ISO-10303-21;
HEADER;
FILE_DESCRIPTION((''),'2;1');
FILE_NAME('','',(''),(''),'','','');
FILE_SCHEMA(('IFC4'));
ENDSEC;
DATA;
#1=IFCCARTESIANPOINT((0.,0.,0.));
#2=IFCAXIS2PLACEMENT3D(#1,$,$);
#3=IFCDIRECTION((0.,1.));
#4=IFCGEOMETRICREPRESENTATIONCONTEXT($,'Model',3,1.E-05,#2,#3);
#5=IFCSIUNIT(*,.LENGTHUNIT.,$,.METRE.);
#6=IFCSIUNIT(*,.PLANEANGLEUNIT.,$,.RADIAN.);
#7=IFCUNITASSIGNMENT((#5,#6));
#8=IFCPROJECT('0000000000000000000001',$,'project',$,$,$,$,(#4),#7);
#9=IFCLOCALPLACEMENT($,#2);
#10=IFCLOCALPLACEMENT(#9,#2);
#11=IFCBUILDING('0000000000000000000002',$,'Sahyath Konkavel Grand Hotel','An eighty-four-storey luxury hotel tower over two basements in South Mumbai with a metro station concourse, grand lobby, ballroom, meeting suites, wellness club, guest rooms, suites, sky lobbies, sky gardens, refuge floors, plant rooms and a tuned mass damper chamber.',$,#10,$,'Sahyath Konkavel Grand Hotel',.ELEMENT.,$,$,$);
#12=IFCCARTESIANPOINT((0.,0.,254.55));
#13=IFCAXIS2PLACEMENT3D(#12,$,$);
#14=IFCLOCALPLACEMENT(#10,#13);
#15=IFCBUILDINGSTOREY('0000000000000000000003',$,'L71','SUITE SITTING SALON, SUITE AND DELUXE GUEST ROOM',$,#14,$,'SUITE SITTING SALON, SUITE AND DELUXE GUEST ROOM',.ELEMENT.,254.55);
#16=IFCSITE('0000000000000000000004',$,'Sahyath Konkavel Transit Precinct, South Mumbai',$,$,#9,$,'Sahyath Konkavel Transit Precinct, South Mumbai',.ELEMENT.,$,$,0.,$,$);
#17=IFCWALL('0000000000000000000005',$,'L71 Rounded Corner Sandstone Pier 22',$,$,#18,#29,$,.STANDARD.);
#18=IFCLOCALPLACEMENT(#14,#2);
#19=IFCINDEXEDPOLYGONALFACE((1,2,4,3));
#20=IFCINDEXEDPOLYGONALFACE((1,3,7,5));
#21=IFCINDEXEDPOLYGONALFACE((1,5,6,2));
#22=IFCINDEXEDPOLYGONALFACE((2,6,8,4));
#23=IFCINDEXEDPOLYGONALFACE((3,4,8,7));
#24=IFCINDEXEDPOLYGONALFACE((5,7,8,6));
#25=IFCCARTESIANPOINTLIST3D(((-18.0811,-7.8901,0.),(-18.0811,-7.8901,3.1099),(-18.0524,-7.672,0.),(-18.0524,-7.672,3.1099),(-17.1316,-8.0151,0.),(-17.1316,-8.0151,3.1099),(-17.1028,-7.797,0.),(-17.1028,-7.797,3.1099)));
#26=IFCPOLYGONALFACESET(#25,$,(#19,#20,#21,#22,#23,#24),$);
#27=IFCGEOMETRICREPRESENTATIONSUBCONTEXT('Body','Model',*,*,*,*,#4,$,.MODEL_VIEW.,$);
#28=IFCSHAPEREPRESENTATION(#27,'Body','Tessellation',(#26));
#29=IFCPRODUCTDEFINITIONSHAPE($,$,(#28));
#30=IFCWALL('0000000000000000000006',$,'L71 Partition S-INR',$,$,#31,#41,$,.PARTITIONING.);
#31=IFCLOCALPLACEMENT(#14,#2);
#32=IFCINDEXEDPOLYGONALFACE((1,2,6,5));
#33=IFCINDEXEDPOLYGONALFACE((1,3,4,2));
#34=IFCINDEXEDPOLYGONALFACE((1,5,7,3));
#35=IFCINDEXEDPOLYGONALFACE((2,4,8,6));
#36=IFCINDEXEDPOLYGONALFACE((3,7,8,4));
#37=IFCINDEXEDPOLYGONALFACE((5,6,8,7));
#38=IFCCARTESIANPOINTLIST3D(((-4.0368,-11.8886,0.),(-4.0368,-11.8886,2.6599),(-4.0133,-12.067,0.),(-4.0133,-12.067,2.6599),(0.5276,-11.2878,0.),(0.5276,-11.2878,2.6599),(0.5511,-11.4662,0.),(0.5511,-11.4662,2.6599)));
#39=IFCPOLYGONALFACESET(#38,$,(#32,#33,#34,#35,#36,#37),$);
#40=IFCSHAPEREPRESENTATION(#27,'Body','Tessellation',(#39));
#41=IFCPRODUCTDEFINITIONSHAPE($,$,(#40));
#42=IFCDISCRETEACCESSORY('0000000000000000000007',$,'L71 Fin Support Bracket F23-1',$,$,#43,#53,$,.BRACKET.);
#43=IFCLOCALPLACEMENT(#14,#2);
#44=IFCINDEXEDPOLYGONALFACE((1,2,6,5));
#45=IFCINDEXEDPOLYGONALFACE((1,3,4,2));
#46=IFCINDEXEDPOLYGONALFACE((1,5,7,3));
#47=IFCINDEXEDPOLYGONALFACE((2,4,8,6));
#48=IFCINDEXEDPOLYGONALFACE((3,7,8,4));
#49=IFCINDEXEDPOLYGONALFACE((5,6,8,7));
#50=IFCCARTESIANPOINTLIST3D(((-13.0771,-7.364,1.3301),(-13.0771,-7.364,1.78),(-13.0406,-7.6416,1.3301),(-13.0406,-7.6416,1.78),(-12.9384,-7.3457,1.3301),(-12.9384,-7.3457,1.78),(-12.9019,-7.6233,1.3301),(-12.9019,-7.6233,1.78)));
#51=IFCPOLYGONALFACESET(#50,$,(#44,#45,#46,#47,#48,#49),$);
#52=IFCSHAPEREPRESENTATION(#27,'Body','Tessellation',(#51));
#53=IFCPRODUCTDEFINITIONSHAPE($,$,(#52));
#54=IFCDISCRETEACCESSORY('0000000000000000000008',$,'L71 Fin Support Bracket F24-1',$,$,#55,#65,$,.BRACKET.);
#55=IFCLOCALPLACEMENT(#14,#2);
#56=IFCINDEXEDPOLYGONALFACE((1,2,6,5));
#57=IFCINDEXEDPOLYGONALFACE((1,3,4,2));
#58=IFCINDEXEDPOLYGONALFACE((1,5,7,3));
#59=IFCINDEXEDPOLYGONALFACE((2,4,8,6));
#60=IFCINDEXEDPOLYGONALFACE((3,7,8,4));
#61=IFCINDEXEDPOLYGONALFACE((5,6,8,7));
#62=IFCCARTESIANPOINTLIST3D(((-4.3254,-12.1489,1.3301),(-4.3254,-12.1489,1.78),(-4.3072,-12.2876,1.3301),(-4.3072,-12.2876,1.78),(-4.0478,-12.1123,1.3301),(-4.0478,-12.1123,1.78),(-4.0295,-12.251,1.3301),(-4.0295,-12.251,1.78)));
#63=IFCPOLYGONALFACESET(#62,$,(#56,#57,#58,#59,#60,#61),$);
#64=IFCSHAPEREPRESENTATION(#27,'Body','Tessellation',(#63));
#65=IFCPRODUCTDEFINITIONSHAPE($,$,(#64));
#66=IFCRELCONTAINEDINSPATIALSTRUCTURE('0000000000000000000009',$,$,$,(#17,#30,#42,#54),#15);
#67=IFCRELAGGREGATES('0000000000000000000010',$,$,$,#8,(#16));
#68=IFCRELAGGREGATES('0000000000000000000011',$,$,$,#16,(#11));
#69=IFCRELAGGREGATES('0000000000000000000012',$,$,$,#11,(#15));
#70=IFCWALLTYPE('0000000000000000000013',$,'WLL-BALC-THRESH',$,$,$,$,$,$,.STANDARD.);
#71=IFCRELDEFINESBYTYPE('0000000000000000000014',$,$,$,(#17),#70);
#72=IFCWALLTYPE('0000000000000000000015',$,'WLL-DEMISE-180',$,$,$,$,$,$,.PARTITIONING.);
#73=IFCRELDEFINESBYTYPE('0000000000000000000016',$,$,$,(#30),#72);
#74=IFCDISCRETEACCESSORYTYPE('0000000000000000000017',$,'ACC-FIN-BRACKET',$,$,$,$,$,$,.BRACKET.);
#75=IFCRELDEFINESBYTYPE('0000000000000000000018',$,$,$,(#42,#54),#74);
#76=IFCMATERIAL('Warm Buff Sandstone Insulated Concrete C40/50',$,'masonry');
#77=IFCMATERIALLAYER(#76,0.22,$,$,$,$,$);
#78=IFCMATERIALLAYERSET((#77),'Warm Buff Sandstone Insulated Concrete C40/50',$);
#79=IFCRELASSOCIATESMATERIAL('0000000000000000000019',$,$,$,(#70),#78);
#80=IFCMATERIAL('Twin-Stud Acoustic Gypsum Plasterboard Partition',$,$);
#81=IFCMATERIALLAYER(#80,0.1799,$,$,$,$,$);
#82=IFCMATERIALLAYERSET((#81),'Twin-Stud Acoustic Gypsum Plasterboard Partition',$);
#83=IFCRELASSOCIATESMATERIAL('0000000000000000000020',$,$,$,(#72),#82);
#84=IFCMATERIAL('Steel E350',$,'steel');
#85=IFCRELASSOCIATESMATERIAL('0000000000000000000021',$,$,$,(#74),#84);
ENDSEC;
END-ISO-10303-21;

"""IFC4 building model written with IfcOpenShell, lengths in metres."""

from ifc_helpers import new_model, si_unit, direction, frame, frame_2d, origin, origin_2d, place, context, subcontext, project, spatial, rectangle, extrude, source, transform, mapped, material, layer, layer_set, type_object, element, save


model = new_model("IFC4")

# Units and contexts
model_context = context("Model", 3, precision=1e-05, world=origin(), true_north=direction((0.0, 1.0)))
body_context = subcontext(model_context, "Body", "Model", "MODEL_VIEW")
ifc_project = project(units=[si_unit("LENGTHUNIT", "METRE"), si_unit("PLANEANGLEUNIT", "RADIAN")], contexts=[model_context])

# Site, building, storey
site_placement = place(None, origin())
site = spatial("IfcSite", under=ifc_project, at=site_placement, Name="Sahyath Konkavel Transit Precinct, South Mumbai", LongName="Sahyath Konkavel Transit Precinct, South Mumbai", CompositionType="ELEMENT", RefElevation=0.0)
building_placement = place(site_placement, origin())
building = spatial("IfcBuilding", under=site, at=building_placement, Name="Sahyath Konkavel Grand Hotel", Description="An eighty-four-storey luxury hotel tower over two basements in South Mumbai with a metro station concourse, grand lobby, ballroom, meeting suites, wellness club, guest rooms, suites, sky lobbies, sky gardens, refuge floors, plant rooms and a tuned mass damper chamber.", LongName="Sahyath Konkavel Grand Hotel", CompositionType="ELEMENT")
storey_placement = place(building_placement, frame((0.0, 0.0, 254.55)))
storey = spatial("IfcBuildingStorey", under=building, at=storey_placement, Name="L71", Description="SUITE SITTING SALON, SUITE AND DELUXE GUEST ROOM", LongName="SUITE SITTING SALON, SUITE AND DELUXE GUEST ROOM", CompositionType="ELEMENT", Elevation=254.55)

# Shared definitions
ifc_material_1 = material(Name="Steel E350", Category="steel")

# Walls
ifc_material_2 = material(Name="Warm Buff Sandstone Insulated Concrete C40/50", Category="masonry")
ifc_layer_1 = layer(ifc_material_2, 0.22)
ifc_layer_set_1 = layer_set([ifc_layer_1], Name="Warm Buff Sandstone Insulated Concrete C40/50")
wall_type_1 = type_object("IfcWallType", Name="WLL-BALC-THRESH", PredefinedType="STANDARD", material=ifc_layer_set_1)
for number, where, z_axis, x_axis, name in (
    (1, (-18.0669, -7.781, 0.0), (0.0, 0.0, 1.0), (0.991445, -0.130527, 0.0), "L71 Rounded Corner Sandstone Pier 22"),
):
    element("IfcWall", number, at=place(storey_placement, frame(where, z_axis=z_axis, x_axis=x_axis)), inside=storey, type_object=wall_type_1, Name=name, PredefinedType="STANDARD", context=body_context, shape_type="SweptSolid", body=[
        extrude(rectangle(XDim=0.9578, YDim=0.22, at=frame_2d((0.479, 0.0))), origin(), (0.0, 0.0, 1.0), 3.1099),
    ])
ifc_material_3 = material(Name="Twin-Stud Acoustic Gypsum Plasterboard Partition")
ifc_layer_2 = layer(ifc_material_3, 0.1799)
ifc_layer_set_2 = layer_set([ifc_layer_2], Name="Twin-Stud Acoustic Gypsum Plasterboard Partition")
wall_type_2 = type_object("IfcWallType", Name="WLL-DEMISE-180", PredefinedType="PARTITIONING", material=ifc_layer_set_2)
wall_placement = place(storey_placement, frame((-4.0249, -11.9778, 0.0), z_axis=(0.0, 0.0, 1.0), x_axis=(0.991447, 0.130507, 0.0)))
element("IfcWall", 2, at=wall_placement, inside=storey, type_object=wall_type_2, Name="L71 Partition S-INR", PredefinedType="PARTITIONING", context=body_context, shape_type="SweptSolid", body=[
    extrude(rectangle(XDim=4.6038, YDim=0.1799, at=frame_2d((2.3018, 0.0))), origin(), (0.0, 0.0, 1.0), 2.6599),
])

# Discrete accessories
discrete_accessory_type = type_object("IfcDiscreteAccessoryType", Name="ACC-FIN-BRACKET", PredefinedType="BRACKET", material=ifc_material_1)
shared_shape_1 = source(origin(), body_context, "Body", "SweptSolid", [
    extrude(rectangle(XDim=0.28, YDim=0.1399, at=origin_2d()), origin(), (0.0, 0.0, 1.0), 0.45),
])
for number, where, z_axis, x_axis, name in (
    (3, (-12.9895, -7.4937, 1.3301), (0.0, 0.0, 1.0), (0.130526, -0.991445, 0.0), "L71 Fin Support Bracket F23-1"),
    (4, (-4.1775, -12.2, 1.3301), (0.0, 0.0, 1.0), (-0.991445, -0.130526, 0.0), "L71 Fin Support Bracket F24-1"),
):
    element("IfcDiscreteAccessory", number, at=place(storey_placement, frame(where, z_axis=z_axis, x_axis=x_axis)), inside=storey, type_object=discrete_accessory_type, Name=name, PredefinedType="BRACKET", context=body_context, shape_type="MappedRepresentation", body=[
        mapped(shared_shape_1, transform((0.0, 0.0, 0.0), scale=1.0)),
    ])

save(model, "model.ifc")
